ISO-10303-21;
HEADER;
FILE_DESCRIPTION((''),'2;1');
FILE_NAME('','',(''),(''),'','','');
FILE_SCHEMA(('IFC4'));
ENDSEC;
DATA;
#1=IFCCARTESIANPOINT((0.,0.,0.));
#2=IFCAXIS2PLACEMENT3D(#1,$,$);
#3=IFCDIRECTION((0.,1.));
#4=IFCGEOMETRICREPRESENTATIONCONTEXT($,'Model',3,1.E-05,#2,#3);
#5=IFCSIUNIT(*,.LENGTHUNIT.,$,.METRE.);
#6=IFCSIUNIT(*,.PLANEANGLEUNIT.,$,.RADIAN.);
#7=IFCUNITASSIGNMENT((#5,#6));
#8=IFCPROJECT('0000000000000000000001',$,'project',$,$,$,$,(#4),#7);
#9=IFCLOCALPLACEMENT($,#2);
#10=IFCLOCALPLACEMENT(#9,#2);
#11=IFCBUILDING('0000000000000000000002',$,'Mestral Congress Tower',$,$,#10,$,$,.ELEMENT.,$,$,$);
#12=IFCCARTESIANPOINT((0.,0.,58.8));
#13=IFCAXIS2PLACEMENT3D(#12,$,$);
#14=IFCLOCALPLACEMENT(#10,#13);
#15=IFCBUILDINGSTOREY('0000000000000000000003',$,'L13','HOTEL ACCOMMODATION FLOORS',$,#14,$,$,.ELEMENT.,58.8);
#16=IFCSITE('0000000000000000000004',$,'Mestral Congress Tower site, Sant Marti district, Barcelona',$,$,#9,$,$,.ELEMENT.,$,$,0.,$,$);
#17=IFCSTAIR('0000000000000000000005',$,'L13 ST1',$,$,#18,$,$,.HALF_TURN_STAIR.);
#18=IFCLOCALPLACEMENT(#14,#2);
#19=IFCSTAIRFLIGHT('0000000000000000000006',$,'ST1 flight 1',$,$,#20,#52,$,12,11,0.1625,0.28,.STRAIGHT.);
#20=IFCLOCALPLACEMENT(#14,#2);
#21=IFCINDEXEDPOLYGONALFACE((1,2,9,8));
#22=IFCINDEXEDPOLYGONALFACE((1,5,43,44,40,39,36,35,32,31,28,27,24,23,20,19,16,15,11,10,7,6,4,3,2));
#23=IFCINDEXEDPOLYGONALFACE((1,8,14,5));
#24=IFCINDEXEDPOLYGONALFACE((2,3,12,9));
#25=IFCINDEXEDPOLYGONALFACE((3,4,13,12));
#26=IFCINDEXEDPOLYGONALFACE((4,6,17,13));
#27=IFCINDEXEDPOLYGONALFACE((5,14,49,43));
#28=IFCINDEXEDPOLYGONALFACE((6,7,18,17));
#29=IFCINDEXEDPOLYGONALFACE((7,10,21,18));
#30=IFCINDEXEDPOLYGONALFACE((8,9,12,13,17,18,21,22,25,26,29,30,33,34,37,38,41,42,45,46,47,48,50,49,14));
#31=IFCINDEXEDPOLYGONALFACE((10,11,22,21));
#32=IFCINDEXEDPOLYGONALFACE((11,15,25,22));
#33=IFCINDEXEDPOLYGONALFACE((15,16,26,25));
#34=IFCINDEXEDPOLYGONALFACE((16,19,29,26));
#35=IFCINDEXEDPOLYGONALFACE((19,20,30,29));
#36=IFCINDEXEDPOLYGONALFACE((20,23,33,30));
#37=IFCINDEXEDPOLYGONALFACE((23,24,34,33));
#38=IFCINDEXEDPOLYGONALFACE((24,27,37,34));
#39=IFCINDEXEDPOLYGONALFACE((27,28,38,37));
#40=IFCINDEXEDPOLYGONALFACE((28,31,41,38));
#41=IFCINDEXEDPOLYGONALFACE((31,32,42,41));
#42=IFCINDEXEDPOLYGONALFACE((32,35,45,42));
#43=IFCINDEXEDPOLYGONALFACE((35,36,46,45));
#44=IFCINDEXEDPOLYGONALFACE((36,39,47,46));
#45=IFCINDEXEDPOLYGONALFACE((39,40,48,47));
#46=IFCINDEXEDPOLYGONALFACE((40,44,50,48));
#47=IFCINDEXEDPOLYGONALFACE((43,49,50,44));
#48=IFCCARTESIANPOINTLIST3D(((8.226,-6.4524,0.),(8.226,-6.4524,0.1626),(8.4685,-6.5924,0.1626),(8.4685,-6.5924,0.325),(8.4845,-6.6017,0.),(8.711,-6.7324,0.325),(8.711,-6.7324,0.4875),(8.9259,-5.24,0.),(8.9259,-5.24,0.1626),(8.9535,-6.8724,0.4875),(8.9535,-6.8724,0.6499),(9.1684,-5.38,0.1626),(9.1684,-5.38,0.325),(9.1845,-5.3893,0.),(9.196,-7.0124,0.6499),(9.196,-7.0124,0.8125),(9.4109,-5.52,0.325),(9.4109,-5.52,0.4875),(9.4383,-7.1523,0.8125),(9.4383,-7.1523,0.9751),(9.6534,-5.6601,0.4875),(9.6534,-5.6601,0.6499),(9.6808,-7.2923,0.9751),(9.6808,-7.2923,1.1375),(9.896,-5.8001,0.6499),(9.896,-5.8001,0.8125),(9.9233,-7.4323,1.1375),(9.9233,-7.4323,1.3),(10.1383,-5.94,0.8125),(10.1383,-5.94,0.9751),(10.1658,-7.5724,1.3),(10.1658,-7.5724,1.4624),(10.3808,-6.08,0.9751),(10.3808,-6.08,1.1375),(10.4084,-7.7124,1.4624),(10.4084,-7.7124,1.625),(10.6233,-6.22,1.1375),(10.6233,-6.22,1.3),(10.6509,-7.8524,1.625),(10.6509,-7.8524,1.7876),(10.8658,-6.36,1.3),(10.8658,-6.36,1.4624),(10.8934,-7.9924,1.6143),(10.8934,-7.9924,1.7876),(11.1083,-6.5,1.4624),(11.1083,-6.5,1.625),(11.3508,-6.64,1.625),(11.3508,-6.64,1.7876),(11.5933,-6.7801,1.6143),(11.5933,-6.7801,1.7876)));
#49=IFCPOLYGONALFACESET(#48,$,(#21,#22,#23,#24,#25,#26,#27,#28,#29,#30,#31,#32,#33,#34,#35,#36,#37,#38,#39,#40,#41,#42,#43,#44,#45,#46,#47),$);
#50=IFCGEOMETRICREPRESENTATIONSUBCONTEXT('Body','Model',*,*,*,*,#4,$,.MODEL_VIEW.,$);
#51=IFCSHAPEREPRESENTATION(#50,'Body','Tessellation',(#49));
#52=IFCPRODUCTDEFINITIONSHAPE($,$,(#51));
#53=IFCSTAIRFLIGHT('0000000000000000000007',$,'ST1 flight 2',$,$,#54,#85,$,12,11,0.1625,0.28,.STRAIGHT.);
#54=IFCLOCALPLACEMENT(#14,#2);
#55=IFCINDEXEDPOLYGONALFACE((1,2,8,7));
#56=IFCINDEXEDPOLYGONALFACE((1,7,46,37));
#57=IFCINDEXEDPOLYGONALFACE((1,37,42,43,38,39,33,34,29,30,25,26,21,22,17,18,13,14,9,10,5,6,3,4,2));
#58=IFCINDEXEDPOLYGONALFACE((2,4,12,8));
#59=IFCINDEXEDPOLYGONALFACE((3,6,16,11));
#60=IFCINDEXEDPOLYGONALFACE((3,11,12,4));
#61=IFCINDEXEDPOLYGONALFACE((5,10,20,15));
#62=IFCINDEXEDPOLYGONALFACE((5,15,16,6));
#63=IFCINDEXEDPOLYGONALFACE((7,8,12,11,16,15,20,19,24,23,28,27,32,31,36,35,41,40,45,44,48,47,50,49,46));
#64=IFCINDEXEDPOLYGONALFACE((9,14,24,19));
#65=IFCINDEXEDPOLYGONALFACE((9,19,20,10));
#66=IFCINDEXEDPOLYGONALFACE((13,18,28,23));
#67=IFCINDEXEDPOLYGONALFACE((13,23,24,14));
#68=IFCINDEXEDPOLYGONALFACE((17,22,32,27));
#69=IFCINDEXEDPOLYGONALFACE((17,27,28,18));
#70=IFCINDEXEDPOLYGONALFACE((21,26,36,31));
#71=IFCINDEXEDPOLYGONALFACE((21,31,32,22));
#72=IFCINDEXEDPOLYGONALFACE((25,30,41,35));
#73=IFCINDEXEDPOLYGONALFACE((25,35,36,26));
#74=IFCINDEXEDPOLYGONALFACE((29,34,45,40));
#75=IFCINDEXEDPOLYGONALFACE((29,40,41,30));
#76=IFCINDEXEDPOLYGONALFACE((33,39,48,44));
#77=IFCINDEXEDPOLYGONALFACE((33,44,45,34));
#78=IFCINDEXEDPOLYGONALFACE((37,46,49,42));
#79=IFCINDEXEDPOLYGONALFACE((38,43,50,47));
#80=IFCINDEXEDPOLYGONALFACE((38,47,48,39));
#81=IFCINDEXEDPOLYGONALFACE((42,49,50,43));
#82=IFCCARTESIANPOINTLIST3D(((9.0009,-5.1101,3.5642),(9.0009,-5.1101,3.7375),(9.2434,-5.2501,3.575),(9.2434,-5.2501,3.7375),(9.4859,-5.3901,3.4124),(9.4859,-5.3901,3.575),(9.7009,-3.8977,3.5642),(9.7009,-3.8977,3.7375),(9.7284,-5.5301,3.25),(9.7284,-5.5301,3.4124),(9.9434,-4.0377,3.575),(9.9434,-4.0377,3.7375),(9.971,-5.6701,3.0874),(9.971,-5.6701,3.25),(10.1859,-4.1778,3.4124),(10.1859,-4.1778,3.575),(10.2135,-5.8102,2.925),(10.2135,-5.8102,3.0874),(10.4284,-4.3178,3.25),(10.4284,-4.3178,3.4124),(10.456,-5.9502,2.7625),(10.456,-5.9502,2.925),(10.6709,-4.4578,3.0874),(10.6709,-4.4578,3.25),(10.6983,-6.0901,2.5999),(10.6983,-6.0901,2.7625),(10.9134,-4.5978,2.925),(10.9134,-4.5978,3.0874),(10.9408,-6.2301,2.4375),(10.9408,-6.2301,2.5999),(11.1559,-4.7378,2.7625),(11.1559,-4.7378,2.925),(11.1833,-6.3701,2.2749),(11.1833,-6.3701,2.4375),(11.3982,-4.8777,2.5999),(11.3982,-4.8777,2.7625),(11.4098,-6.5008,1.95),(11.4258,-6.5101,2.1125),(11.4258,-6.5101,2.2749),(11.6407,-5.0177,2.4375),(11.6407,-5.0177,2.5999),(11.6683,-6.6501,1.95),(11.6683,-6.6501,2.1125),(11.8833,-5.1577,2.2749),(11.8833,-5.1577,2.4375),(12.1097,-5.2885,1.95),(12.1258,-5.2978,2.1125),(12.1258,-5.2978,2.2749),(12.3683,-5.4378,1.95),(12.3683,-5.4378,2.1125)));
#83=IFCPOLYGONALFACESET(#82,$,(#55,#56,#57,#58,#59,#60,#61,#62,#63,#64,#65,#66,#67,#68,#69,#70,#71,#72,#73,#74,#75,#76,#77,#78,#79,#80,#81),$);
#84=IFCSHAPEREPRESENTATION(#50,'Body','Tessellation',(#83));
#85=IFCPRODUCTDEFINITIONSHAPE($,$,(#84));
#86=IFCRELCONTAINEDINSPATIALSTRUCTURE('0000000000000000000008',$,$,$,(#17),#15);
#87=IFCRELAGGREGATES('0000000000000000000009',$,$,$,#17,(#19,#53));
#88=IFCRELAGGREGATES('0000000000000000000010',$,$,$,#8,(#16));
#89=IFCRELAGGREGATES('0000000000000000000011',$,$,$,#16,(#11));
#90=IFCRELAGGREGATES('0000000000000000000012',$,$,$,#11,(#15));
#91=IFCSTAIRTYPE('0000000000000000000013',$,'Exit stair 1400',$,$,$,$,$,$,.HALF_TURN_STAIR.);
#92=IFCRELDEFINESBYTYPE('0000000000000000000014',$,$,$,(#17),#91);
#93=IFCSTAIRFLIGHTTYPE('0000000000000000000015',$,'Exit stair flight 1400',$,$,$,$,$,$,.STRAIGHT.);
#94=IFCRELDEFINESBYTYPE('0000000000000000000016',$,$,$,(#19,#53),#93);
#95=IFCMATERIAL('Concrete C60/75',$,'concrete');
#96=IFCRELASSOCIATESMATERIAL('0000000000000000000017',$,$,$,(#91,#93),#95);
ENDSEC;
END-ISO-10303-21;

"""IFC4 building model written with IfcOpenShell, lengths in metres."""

from ifc_helpers import new_model, si_unit, direction, frame, origin, place, context, subcontext, project, spatial, polyline, outline, extrude, material, type_object, element, aggregate, save


model = new_model("IFC4")

# Units and contexts
model_context = context("Model", 3, precision=1e-05, world=origin(), true_north=direction((0.0, 1.0)))
body_context = subcontext(model_context, "Body", "Model", "MODEL_VIEW")
ifc_project = project(units=[si_unit("LENGTHUNIT", "METRE"), si_unit("PLANEANGLEUNIT", "RADIAN")], contexts=[model_context])

# Site, building, storey
site_placement = place(None, origin())
site = spatial("IfcSite", under=ifc_project, at=site_placement, Name="Mestral Congress Tower site, Sant Marti district, Barcelona", CompositionType="ELEMENT", RefElevation=0.0)
building_placement = place(site_placement, origin())
building = spatial("IfcBuilding", under=site, at=building_placement, Name="Mestral Congress Tower", CompositionType="ELEMENT")
storey_placement = place(building_placement, frame((0.0, 0.0, 58.8)))
storey = spatial("IfcBuildingStorey", under=building, at=storey_placement, Name="L13", Description="HOTEL ACCOMMODATION FLOORS", CompositionType="ELEMENT", Elevation=58.8)

# Shared definitions
ifc_material_1 = material(Name="Concrete C60/75", Category="concrete")

# Stair, stair flights
stair_type = type_object("IfcStairType", Name="Exit stair 1400", PredefinedType="HALF_TURN_STAIR", material=ifc_material_1)
stair_placement = place(storey_placement, origin())
stair = element("IfcStair", 1, at=stair_placement, inside=storey, type_object=stair_type, Name="L13 ST1", PredefinedType="HALF_TURN_STAIR")
stair_flight_type = type_object("IfcStairFlightType", Name="Exit stair flight 1400", PredefinedType="STRAIGHT", material=ifc_material_1)
stair_flight_1_placement = place(storey_placement, frame((8.5759, -5.8462, 0.0), z_axis=(0.0, 0.0, 1.0), x_axis=(0.866025, -0.5, 0.0)))
stair_flight_1 = element("IfcStairFlight", 2, at=stair_flight_1_placement, type_object=stair_flight_type, Name="ST1 flight 1", NumberOfRisers=12, NumberOfTreads=11, PredefinedType="STRAIGHT", RiserHeight=0.1625, TreadLength=0.28, context=body_context, shape_type="SweptSolid", body=[
    extrude(outline(polyline([(0.0, 0.0), (0.0, 0.1626), (0.28, 0.1626), (0.28, 0.325), (0.5601, 0.325), (0.5601, 0.4875), (0.8401, 0.4875), (0.8401, 0.6499), (1.1201, 0.6499), (1.1201, 0.8125), (1.3999, 0.8125), (1.3999, 0.9751), (1.6799, 0.9751), (1.6799, 1.1375), (1.96, 1.1375), (1.96, 1.3), (2.24, 1.3), (2.24, 1.4624), (2.52, 1.4624), (2.52, 1.625), (2.8, 1.625), (2.8, 1.7876), (3.0801, 1.7876), (3.0801, 1.95), (3.0801, 1.6143), (0.2986, 0.0), (0.0, 0.0)])), frame((0.0, 0.7, 0.0), z_axis=(0.0, -1.0, 0.0), x_axis=(1.0, 0.0, 0.0)), (0.0, 0.0, 1.0), 1.3999),
])
stair_flight_2_placement = place(storey_placement, frame((12.0183, -6.0439, 1.95), z_axis=(0.0, 0.0, 1.0), x_axis=(-0.866025, 0.5, 0.0)))
stair_flight_2 = element("IfcStairFlight", 3, at=stair_flight_2_placement, type_object=stair_flight_type, Name="ST1 flight 2", NumberOfRisers=12, NumberOfTreads=11, PredefinedType="STRAIGHT", RiserHeight=0.1625, TreadLength=0.28, context=body_context, shape_type="SweptSolid", body=[
    extrude(outline(polyline([(0.0, 0.0), (0.0, 0.1626), (0.28, 0.1626), (0.28, 0.325), (0.5601, 0.325), (0.5601, 0.4875), (0.8401, 0.4875), (0.8401, 0.6499), (1.1201, 0.6499), (1.1201, 0.8125), (1.3999, 0.8125), (1.3999, 0.9751), (1.6799, 0.9751), (1.6799, 1.1375), (1.96, 1.1375), (1.96, 1.3), (2.24, 1.3), (2.24, 1.4624), (2.52, 1.4624), (2.52, 1.625), (2.8, 1.625), (2.8, 1.7876), (3.0801, 1.7876), (3.0801, 1.95), (3.0801, 1.6143), (0.2986, 0.0), (0.0, 0.0)])), frame((0.0, 0.7, 0.0), z_axis=(0.0, -1.0, 0.0), x_axis=(1.0, 0.0, 0.0)), (0.0, 0.0, 1.0), 1.3999),
])
aggregate(stair, [stair_flight_1, stair_flight_2])

save(model, "model.ifc")
